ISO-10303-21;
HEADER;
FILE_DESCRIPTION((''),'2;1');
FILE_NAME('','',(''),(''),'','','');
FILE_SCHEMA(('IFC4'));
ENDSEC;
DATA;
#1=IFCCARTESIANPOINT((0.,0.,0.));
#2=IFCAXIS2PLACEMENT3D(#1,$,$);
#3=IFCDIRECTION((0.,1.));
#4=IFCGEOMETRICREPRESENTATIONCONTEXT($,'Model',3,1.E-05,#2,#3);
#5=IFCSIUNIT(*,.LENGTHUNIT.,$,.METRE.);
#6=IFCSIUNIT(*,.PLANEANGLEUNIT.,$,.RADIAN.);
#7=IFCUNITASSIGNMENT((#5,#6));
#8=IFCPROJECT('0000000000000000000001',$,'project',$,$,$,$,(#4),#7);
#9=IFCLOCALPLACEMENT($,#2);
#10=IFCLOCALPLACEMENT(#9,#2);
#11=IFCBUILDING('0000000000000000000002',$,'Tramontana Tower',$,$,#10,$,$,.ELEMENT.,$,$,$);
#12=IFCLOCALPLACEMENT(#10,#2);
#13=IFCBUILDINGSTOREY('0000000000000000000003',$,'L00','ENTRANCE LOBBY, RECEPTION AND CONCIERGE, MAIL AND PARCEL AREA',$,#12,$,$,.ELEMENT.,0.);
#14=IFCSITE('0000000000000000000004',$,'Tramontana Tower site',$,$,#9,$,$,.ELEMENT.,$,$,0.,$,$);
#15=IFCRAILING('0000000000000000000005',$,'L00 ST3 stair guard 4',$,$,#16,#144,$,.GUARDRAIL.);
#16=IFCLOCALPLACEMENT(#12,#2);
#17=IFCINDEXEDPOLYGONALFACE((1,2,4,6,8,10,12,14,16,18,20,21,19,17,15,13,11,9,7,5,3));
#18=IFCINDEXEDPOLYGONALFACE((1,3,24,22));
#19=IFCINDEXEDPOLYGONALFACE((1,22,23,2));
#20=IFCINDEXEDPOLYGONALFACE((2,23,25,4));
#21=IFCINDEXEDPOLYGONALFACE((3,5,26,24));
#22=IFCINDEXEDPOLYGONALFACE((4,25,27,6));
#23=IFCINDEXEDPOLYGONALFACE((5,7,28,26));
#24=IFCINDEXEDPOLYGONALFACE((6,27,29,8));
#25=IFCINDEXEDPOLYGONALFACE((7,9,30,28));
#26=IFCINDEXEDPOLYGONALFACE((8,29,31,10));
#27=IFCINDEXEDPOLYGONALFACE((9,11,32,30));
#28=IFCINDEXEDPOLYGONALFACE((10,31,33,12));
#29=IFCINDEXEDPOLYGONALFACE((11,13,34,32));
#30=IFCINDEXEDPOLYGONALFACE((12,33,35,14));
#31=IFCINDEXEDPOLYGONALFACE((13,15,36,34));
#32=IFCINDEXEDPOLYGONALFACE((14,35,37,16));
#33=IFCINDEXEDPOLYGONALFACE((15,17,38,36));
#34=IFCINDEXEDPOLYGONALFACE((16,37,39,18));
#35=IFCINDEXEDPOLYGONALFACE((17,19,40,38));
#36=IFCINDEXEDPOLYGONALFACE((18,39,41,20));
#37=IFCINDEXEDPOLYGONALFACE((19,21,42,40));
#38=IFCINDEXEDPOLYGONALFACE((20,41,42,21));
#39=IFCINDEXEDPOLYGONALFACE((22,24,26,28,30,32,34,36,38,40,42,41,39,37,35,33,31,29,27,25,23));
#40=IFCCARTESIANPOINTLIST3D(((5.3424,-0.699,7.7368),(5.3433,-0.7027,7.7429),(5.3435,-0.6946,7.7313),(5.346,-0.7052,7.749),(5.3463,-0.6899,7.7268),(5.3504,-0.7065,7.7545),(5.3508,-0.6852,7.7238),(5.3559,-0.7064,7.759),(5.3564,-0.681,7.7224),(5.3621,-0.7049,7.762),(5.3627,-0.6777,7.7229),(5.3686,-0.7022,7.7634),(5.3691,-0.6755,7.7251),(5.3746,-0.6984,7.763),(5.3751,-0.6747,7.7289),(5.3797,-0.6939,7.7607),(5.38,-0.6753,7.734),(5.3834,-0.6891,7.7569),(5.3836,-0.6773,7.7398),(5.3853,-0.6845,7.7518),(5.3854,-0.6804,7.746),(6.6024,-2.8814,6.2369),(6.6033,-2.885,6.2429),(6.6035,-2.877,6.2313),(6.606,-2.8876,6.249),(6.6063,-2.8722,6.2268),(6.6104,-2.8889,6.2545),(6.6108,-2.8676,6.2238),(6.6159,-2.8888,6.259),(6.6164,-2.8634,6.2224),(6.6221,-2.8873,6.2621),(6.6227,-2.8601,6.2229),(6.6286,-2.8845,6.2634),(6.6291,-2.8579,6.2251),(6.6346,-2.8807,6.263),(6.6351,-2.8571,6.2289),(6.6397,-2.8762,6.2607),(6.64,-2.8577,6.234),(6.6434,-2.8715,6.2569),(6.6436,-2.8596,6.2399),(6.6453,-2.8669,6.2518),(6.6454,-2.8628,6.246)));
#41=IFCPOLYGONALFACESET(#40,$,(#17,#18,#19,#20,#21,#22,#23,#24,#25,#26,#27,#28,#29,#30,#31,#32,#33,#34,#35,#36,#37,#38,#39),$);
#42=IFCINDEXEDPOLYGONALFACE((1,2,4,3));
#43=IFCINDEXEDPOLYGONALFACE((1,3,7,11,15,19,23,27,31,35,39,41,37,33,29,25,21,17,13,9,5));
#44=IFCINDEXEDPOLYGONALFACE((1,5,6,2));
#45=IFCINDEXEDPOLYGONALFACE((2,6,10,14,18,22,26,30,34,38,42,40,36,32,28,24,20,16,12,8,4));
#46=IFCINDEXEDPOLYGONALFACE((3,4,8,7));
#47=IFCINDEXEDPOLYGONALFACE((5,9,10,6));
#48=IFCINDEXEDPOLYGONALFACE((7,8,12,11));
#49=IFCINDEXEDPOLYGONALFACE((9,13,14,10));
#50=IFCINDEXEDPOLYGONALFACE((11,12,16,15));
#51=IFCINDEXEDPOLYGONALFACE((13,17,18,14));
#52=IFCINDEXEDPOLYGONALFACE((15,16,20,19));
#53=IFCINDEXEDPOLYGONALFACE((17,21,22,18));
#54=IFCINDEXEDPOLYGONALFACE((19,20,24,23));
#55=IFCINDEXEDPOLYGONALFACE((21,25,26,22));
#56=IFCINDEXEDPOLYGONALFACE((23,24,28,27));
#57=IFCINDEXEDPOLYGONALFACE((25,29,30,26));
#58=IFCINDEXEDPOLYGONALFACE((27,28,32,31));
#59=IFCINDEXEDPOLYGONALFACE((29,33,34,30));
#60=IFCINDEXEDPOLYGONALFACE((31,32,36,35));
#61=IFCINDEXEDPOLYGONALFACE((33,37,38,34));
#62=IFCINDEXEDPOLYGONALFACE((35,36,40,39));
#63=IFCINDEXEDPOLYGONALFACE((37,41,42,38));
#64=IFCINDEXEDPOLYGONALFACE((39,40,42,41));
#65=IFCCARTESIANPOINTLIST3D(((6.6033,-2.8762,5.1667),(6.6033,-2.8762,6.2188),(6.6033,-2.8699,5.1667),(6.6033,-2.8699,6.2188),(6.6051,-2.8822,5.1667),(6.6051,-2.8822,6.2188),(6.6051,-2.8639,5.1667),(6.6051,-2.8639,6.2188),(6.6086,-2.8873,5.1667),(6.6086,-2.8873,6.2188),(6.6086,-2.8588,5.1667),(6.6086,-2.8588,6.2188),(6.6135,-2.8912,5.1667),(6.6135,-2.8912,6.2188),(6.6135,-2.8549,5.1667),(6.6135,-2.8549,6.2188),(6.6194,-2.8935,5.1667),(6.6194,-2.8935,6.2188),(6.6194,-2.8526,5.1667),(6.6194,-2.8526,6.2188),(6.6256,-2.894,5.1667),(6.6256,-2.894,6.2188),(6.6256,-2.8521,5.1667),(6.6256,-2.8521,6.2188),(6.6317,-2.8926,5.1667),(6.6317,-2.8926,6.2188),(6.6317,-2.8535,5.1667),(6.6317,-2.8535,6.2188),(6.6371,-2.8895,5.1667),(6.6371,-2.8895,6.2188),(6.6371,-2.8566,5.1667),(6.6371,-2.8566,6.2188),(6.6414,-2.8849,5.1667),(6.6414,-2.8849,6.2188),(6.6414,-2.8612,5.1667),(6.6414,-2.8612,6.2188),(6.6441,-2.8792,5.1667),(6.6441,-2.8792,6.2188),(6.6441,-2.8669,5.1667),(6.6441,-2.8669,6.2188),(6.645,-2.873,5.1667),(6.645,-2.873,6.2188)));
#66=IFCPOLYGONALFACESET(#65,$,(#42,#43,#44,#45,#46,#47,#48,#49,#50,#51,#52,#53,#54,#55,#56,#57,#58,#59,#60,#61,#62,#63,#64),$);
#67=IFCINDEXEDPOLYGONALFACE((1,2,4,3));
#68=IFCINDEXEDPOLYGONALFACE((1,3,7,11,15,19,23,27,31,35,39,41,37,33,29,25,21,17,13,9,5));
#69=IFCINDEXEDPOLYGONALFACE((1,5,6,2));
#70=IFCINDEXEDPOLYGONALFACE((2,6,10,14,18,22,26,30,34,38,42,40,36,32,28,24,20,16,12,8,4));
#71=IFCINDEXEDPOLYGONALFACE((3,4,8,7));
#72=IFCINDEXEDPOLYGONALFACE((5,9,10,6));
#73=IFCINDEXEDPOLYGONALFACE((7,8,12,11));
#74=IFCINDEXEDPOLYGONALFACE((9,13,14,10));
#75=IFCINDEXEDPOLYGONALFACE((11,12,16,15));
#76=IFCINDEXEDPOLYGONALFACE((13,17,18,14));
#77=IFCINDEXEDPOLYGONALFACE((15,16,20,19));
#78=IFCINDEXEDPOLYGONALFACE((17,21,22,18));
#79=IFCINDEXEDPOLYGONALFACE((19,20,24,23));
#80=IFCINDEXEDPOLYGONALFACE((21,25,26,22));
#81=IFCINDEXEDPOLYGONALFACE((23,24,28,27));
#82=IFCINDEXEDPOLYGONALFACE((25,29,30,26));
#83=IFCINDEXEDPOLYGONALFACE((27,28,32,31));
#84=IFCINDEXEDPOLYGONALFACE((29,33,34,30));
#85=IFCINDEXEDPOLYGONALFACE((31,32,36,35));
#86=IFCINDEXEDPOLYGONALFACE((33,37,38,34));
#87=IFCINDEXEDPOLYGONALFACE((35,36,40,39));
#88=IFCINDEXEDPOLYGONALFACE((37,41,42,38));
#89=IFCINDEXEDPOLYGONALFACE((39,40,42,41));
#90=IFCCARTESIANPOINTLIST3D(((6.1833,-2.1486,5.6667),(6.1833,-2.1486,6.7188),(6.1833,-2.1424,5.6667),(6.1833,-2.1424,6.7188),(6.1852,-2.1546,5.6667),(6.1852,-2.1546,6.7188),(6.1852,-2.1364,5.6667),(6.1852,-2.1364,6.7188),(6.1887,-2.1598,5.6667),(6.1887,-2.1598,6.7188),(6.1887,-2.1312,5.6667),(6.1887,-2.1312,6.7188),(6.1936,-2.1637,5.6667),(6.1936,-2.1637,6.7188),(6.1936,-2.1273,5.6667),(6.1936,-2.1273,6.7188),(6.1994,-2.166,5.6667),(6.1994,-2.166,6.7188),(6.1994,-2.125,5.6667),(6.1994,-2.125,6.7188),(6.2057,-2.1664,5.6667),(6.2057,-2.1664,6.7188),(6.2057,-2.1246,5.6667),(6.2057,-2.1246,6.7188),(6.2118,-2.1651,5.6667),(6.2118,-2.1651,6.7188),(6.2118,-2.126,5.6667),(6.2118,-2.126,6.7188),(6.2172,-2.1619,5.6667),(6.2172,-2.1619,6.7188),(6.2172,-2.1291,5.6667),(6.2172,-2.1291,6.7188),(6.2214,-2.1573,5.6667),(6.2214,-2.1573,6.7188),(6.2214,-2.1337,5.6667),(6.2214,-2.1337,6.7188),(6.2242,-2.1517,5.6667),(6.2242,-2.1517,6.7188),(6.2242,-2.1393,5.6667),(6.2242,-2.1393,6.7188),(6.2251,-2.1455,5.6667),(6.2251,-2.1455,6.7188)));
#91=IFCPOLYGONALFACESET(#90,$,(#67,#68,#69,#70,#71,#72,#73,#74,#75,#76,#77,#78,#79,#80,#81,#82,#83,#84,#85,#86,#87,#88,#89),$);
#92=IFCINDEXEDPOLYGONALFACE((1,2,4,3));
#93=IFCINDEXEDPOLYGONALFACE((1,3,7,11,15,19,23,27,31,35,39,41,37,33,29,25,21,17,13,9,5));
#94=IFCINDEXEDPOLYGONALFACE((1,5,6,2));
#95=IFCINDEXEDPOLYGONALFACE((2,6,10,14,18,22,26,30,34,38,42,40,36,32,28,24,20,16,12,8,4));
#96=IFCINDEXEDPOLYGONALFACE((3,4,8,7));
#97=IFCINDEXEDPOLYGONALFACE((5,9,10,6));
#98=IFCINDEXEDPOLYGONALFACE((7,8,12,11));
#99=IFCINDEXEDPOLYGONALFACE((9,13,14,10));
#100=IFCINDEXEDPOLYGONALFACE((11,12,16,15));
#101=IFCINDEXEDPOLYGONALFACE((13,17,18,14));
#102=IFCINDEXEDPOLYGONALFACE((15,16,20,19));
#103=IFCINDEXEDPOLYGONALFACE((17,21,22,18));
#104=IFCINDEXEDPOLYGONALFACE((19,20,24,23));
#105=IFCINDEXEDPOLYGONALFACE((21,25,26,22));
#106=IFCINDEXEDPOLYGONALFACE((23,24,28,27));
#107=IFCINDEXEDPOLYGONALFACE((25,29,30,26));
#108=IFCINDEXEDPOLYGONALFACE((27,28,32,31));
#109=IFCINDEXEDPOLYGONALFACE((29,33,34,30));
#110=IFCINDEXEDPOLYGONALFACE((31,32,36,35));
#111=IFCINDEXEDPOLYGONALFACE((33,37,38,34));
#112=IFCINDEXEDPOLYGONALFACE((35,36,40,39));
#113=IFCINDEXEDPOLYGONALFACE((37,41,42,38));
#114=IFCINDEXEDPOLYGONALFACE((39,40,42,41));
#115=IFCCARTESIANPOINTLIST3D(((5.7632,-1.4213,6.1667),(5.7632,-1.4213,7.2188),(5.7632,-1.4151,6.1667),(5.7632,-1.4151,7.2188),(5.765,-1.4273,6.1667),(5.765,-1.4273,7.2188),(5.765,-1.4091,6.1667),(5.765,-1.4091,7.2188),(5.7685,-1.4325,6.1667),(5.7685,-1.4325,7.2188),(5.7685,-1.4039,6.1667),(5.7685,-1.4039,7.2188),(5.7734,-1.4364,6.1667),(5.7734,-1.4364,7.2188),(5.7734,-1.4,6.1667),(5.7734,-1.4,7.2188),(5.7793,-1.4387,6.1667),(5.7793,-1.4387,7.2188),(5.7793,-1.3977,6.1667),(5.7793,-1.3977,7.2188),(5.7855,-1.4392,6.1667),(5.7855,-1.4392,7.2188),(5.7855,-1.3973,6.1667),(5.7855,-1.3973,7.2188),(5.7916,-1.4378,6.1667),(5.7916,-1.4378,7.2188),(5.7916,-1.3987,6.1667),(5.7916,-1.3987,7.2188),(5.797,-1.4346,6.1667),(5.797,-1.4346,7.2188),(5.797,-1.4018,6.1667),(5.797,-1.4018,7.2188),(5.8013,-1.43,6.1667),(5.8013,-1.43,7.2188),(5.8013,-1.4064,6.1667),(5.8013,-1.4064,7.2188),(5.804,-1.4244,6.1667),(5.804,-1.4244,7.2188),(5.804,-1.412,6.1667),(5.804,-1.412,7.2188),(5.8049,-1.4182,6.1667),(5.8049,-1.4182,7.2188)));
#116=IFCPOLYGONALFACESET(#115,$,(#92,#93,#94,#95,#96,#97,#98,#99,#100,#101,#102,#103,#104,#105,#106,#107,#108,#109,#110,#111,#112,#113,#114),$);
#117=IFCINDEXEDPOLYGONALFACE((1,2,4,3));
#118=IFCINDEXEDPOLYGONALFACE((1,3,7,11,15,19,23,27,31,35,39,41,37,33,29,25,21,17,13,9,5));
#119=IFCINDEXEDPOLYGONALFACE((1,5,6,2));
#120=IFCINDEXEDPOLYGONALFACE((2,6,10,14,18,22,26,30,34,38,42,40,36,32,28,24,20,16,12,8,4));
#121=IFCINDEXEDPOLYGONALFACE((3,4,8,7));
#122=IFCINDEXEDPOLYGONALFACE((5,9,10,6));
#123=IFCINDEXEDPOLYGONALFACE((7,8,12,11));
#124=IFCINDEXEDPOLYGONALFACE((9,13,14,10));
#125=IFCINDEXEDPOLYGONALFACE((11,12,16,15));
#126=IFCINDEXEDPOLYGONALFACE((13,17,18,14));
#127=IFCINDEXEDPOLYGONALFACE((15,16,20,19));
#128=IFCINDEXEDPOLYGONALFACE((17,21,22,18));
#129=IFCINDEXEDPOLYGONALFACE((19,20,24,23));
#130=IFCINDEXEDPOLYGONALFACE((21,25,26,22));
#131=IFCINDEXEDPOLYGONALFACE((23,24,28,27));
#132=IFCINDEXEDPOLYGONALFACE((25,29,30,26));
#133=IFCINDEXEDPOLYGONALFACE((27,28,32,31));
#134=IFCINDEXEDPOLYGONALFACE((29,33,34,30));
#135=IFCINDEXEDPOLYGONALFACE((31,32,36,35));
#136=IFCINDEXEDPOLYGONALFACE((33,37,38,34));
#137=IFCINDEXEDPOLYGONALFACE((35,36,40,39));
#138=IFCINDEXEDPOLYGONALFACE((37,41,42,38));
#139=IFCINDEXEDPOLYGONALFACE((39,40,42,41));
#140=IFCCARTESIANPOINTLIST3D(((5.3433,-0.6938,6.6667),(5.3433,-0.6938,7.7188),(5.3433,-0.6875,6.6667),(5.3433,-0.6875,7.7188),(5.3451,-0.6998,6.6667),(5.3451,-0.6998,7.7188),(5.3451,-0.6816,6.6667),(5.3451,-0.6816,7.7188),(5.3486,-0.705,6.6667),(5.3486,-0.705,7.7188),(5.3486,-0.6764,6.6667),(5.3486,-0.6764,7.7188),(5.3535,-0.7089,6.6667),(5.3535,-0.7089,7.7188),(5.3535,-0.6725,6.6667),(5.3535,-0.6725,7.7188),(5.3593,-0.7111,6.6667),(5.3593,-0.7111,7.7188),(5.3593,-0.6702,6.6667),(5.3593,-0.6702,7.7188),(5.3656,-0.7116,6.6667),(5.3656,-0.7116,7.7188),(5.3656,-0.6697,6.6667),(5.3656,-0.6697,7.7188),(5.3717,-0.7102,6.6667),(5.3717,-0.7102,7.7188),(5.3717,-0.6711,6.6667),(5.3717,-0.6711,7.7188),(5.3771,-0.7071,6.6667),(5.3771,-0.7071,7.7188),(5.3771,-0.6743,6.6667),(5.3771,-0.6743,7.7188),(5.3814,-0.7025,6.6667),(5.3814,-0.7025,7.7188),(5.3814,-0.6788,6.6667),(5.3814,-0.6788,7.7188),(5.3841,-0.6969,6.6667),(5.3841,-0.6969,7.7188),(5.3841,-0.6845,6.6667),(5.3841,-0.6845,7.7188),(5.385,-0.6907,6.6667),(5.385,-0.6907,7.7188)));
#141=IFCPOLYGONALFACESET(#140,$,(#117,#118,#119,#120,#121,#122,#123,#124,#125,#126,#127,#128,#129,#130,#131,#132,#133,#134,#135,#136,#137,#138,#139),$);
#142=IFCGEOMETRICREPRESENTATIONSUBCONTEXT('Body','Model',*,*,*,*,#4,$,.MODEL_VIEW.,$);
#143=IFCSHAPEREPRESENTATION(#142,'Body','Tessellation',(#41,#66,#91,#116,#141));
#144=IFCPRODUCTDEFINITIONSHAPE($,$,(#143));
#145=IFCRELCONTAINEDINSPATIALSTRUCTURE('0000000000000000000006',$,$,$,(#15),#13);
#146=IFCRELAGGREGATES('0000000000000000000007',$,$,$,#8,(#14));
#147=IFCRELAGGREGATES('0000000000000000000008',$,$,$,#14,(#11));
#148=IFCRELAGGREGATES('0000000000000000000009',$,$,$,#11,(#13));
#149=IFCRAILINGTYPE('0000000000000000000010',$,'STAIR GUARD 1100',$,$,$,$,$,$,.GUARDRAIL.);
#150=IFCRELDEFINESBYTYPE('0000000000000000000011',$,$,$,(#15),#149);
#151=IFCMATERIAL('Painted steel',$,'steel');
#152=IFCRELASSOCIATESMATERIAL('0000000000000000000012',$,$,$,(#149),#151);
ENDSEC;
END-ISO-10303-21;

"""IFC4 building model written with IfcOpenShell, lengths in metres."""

from ifc_helpers import new_model, si_unit, direction, frame, origin, origin_2d, place, context, subcontext, project, spatial, circle, extrude, material, type_object, element, save


model = new_model("IFC4")

# Units and contexts
model_context = context("Model", 3, precision=1e-05, world=origin(), true_north=direction((0.0, 1.0)))
body_context = subcontext(model_context, "Body", "Model", "MODEL_VIEW")
ifc_project = project(units=[si_unit("LENGTHUNIT", "METRE"), si_unit("PLANEANGLEUNIT", "RADIAN")], contexts=[model_context])

# Site, building, storey
site_placement = place(None, origin())
site = spatial("IfcSite", under=ifc_project, at=site_placement, Name="Tramontana Tower site", CompositionType="ELEMENT", RefElevation=0.0)
building_placement = place(site_placement, origin())
building = spatial("IfcBuilding", under=site, at=building_placement, Name="Tramontana Tower", CompositionType="ELEMENT")
storey_placement = place(building_placement, origin())
storey = spatial("IfcBuildingStorey", under=building, at=storey_placement, Name="L00", Description="ENTRANCE LOBBY, RECEPTION AND CONCIERGE, MAIL AND PARCEL AREA", CompositionType="ELEMENT", Elevation=0.0)

# Railing
ifc_material_1 = material(Name="Painted steel", Category="steel")
railing_type_1 = type_object("IfcRailingType", Name="STAIR GUARD 1100", PredefinedType="GUARDRAIL", material=ifc_material_1)
for number, where, name in (
    (1, (6.624, -2.873, 5.1667), "L00 ST3 stair guard 4"),
):
    element("IfcRailing", number, at=place(storey_placement, frame(where)), inside=storey, type_object=railing_type_1, Name=name, PredefinedType="GUARDRAIL", context=body_context, shape_type="SweptSolid", body=[
        extrude(circle(Radius=0.0239, at=origin_2d()), frame((0.0, 0.0, 1.0762), z_axis=(-0.42965, 0.744167, 0.511485), x_axis=(-0.866023, -0.500005, 0.0)), (0.0, 0.0, 1.0), 2.9326),
        extrude(circle(Radius=0.021, at=origin_2d()), origin(), (0.0, 0.0, 1.0), 1.052),
        extrude(circle(Radius=0.021, at=origin_2d()), frame((-0.4199, 0.7275, 0.5)), (0.0, 0.0, 1.0), 1.052),
        extrude(circle(Radius=0.021, at=origin_2d()), frame((-0.8401, 1.4548, 1.0)), (0.0, 0.0, 1.0), 1.052),
        extrude(circle(Radius=0.021, at=origin_2d()), frame((-1.26, 2.1824, 1.5)), (0.0, 0.0, 1.0), 1.052),
    ])

save(model, "model.ifc")
